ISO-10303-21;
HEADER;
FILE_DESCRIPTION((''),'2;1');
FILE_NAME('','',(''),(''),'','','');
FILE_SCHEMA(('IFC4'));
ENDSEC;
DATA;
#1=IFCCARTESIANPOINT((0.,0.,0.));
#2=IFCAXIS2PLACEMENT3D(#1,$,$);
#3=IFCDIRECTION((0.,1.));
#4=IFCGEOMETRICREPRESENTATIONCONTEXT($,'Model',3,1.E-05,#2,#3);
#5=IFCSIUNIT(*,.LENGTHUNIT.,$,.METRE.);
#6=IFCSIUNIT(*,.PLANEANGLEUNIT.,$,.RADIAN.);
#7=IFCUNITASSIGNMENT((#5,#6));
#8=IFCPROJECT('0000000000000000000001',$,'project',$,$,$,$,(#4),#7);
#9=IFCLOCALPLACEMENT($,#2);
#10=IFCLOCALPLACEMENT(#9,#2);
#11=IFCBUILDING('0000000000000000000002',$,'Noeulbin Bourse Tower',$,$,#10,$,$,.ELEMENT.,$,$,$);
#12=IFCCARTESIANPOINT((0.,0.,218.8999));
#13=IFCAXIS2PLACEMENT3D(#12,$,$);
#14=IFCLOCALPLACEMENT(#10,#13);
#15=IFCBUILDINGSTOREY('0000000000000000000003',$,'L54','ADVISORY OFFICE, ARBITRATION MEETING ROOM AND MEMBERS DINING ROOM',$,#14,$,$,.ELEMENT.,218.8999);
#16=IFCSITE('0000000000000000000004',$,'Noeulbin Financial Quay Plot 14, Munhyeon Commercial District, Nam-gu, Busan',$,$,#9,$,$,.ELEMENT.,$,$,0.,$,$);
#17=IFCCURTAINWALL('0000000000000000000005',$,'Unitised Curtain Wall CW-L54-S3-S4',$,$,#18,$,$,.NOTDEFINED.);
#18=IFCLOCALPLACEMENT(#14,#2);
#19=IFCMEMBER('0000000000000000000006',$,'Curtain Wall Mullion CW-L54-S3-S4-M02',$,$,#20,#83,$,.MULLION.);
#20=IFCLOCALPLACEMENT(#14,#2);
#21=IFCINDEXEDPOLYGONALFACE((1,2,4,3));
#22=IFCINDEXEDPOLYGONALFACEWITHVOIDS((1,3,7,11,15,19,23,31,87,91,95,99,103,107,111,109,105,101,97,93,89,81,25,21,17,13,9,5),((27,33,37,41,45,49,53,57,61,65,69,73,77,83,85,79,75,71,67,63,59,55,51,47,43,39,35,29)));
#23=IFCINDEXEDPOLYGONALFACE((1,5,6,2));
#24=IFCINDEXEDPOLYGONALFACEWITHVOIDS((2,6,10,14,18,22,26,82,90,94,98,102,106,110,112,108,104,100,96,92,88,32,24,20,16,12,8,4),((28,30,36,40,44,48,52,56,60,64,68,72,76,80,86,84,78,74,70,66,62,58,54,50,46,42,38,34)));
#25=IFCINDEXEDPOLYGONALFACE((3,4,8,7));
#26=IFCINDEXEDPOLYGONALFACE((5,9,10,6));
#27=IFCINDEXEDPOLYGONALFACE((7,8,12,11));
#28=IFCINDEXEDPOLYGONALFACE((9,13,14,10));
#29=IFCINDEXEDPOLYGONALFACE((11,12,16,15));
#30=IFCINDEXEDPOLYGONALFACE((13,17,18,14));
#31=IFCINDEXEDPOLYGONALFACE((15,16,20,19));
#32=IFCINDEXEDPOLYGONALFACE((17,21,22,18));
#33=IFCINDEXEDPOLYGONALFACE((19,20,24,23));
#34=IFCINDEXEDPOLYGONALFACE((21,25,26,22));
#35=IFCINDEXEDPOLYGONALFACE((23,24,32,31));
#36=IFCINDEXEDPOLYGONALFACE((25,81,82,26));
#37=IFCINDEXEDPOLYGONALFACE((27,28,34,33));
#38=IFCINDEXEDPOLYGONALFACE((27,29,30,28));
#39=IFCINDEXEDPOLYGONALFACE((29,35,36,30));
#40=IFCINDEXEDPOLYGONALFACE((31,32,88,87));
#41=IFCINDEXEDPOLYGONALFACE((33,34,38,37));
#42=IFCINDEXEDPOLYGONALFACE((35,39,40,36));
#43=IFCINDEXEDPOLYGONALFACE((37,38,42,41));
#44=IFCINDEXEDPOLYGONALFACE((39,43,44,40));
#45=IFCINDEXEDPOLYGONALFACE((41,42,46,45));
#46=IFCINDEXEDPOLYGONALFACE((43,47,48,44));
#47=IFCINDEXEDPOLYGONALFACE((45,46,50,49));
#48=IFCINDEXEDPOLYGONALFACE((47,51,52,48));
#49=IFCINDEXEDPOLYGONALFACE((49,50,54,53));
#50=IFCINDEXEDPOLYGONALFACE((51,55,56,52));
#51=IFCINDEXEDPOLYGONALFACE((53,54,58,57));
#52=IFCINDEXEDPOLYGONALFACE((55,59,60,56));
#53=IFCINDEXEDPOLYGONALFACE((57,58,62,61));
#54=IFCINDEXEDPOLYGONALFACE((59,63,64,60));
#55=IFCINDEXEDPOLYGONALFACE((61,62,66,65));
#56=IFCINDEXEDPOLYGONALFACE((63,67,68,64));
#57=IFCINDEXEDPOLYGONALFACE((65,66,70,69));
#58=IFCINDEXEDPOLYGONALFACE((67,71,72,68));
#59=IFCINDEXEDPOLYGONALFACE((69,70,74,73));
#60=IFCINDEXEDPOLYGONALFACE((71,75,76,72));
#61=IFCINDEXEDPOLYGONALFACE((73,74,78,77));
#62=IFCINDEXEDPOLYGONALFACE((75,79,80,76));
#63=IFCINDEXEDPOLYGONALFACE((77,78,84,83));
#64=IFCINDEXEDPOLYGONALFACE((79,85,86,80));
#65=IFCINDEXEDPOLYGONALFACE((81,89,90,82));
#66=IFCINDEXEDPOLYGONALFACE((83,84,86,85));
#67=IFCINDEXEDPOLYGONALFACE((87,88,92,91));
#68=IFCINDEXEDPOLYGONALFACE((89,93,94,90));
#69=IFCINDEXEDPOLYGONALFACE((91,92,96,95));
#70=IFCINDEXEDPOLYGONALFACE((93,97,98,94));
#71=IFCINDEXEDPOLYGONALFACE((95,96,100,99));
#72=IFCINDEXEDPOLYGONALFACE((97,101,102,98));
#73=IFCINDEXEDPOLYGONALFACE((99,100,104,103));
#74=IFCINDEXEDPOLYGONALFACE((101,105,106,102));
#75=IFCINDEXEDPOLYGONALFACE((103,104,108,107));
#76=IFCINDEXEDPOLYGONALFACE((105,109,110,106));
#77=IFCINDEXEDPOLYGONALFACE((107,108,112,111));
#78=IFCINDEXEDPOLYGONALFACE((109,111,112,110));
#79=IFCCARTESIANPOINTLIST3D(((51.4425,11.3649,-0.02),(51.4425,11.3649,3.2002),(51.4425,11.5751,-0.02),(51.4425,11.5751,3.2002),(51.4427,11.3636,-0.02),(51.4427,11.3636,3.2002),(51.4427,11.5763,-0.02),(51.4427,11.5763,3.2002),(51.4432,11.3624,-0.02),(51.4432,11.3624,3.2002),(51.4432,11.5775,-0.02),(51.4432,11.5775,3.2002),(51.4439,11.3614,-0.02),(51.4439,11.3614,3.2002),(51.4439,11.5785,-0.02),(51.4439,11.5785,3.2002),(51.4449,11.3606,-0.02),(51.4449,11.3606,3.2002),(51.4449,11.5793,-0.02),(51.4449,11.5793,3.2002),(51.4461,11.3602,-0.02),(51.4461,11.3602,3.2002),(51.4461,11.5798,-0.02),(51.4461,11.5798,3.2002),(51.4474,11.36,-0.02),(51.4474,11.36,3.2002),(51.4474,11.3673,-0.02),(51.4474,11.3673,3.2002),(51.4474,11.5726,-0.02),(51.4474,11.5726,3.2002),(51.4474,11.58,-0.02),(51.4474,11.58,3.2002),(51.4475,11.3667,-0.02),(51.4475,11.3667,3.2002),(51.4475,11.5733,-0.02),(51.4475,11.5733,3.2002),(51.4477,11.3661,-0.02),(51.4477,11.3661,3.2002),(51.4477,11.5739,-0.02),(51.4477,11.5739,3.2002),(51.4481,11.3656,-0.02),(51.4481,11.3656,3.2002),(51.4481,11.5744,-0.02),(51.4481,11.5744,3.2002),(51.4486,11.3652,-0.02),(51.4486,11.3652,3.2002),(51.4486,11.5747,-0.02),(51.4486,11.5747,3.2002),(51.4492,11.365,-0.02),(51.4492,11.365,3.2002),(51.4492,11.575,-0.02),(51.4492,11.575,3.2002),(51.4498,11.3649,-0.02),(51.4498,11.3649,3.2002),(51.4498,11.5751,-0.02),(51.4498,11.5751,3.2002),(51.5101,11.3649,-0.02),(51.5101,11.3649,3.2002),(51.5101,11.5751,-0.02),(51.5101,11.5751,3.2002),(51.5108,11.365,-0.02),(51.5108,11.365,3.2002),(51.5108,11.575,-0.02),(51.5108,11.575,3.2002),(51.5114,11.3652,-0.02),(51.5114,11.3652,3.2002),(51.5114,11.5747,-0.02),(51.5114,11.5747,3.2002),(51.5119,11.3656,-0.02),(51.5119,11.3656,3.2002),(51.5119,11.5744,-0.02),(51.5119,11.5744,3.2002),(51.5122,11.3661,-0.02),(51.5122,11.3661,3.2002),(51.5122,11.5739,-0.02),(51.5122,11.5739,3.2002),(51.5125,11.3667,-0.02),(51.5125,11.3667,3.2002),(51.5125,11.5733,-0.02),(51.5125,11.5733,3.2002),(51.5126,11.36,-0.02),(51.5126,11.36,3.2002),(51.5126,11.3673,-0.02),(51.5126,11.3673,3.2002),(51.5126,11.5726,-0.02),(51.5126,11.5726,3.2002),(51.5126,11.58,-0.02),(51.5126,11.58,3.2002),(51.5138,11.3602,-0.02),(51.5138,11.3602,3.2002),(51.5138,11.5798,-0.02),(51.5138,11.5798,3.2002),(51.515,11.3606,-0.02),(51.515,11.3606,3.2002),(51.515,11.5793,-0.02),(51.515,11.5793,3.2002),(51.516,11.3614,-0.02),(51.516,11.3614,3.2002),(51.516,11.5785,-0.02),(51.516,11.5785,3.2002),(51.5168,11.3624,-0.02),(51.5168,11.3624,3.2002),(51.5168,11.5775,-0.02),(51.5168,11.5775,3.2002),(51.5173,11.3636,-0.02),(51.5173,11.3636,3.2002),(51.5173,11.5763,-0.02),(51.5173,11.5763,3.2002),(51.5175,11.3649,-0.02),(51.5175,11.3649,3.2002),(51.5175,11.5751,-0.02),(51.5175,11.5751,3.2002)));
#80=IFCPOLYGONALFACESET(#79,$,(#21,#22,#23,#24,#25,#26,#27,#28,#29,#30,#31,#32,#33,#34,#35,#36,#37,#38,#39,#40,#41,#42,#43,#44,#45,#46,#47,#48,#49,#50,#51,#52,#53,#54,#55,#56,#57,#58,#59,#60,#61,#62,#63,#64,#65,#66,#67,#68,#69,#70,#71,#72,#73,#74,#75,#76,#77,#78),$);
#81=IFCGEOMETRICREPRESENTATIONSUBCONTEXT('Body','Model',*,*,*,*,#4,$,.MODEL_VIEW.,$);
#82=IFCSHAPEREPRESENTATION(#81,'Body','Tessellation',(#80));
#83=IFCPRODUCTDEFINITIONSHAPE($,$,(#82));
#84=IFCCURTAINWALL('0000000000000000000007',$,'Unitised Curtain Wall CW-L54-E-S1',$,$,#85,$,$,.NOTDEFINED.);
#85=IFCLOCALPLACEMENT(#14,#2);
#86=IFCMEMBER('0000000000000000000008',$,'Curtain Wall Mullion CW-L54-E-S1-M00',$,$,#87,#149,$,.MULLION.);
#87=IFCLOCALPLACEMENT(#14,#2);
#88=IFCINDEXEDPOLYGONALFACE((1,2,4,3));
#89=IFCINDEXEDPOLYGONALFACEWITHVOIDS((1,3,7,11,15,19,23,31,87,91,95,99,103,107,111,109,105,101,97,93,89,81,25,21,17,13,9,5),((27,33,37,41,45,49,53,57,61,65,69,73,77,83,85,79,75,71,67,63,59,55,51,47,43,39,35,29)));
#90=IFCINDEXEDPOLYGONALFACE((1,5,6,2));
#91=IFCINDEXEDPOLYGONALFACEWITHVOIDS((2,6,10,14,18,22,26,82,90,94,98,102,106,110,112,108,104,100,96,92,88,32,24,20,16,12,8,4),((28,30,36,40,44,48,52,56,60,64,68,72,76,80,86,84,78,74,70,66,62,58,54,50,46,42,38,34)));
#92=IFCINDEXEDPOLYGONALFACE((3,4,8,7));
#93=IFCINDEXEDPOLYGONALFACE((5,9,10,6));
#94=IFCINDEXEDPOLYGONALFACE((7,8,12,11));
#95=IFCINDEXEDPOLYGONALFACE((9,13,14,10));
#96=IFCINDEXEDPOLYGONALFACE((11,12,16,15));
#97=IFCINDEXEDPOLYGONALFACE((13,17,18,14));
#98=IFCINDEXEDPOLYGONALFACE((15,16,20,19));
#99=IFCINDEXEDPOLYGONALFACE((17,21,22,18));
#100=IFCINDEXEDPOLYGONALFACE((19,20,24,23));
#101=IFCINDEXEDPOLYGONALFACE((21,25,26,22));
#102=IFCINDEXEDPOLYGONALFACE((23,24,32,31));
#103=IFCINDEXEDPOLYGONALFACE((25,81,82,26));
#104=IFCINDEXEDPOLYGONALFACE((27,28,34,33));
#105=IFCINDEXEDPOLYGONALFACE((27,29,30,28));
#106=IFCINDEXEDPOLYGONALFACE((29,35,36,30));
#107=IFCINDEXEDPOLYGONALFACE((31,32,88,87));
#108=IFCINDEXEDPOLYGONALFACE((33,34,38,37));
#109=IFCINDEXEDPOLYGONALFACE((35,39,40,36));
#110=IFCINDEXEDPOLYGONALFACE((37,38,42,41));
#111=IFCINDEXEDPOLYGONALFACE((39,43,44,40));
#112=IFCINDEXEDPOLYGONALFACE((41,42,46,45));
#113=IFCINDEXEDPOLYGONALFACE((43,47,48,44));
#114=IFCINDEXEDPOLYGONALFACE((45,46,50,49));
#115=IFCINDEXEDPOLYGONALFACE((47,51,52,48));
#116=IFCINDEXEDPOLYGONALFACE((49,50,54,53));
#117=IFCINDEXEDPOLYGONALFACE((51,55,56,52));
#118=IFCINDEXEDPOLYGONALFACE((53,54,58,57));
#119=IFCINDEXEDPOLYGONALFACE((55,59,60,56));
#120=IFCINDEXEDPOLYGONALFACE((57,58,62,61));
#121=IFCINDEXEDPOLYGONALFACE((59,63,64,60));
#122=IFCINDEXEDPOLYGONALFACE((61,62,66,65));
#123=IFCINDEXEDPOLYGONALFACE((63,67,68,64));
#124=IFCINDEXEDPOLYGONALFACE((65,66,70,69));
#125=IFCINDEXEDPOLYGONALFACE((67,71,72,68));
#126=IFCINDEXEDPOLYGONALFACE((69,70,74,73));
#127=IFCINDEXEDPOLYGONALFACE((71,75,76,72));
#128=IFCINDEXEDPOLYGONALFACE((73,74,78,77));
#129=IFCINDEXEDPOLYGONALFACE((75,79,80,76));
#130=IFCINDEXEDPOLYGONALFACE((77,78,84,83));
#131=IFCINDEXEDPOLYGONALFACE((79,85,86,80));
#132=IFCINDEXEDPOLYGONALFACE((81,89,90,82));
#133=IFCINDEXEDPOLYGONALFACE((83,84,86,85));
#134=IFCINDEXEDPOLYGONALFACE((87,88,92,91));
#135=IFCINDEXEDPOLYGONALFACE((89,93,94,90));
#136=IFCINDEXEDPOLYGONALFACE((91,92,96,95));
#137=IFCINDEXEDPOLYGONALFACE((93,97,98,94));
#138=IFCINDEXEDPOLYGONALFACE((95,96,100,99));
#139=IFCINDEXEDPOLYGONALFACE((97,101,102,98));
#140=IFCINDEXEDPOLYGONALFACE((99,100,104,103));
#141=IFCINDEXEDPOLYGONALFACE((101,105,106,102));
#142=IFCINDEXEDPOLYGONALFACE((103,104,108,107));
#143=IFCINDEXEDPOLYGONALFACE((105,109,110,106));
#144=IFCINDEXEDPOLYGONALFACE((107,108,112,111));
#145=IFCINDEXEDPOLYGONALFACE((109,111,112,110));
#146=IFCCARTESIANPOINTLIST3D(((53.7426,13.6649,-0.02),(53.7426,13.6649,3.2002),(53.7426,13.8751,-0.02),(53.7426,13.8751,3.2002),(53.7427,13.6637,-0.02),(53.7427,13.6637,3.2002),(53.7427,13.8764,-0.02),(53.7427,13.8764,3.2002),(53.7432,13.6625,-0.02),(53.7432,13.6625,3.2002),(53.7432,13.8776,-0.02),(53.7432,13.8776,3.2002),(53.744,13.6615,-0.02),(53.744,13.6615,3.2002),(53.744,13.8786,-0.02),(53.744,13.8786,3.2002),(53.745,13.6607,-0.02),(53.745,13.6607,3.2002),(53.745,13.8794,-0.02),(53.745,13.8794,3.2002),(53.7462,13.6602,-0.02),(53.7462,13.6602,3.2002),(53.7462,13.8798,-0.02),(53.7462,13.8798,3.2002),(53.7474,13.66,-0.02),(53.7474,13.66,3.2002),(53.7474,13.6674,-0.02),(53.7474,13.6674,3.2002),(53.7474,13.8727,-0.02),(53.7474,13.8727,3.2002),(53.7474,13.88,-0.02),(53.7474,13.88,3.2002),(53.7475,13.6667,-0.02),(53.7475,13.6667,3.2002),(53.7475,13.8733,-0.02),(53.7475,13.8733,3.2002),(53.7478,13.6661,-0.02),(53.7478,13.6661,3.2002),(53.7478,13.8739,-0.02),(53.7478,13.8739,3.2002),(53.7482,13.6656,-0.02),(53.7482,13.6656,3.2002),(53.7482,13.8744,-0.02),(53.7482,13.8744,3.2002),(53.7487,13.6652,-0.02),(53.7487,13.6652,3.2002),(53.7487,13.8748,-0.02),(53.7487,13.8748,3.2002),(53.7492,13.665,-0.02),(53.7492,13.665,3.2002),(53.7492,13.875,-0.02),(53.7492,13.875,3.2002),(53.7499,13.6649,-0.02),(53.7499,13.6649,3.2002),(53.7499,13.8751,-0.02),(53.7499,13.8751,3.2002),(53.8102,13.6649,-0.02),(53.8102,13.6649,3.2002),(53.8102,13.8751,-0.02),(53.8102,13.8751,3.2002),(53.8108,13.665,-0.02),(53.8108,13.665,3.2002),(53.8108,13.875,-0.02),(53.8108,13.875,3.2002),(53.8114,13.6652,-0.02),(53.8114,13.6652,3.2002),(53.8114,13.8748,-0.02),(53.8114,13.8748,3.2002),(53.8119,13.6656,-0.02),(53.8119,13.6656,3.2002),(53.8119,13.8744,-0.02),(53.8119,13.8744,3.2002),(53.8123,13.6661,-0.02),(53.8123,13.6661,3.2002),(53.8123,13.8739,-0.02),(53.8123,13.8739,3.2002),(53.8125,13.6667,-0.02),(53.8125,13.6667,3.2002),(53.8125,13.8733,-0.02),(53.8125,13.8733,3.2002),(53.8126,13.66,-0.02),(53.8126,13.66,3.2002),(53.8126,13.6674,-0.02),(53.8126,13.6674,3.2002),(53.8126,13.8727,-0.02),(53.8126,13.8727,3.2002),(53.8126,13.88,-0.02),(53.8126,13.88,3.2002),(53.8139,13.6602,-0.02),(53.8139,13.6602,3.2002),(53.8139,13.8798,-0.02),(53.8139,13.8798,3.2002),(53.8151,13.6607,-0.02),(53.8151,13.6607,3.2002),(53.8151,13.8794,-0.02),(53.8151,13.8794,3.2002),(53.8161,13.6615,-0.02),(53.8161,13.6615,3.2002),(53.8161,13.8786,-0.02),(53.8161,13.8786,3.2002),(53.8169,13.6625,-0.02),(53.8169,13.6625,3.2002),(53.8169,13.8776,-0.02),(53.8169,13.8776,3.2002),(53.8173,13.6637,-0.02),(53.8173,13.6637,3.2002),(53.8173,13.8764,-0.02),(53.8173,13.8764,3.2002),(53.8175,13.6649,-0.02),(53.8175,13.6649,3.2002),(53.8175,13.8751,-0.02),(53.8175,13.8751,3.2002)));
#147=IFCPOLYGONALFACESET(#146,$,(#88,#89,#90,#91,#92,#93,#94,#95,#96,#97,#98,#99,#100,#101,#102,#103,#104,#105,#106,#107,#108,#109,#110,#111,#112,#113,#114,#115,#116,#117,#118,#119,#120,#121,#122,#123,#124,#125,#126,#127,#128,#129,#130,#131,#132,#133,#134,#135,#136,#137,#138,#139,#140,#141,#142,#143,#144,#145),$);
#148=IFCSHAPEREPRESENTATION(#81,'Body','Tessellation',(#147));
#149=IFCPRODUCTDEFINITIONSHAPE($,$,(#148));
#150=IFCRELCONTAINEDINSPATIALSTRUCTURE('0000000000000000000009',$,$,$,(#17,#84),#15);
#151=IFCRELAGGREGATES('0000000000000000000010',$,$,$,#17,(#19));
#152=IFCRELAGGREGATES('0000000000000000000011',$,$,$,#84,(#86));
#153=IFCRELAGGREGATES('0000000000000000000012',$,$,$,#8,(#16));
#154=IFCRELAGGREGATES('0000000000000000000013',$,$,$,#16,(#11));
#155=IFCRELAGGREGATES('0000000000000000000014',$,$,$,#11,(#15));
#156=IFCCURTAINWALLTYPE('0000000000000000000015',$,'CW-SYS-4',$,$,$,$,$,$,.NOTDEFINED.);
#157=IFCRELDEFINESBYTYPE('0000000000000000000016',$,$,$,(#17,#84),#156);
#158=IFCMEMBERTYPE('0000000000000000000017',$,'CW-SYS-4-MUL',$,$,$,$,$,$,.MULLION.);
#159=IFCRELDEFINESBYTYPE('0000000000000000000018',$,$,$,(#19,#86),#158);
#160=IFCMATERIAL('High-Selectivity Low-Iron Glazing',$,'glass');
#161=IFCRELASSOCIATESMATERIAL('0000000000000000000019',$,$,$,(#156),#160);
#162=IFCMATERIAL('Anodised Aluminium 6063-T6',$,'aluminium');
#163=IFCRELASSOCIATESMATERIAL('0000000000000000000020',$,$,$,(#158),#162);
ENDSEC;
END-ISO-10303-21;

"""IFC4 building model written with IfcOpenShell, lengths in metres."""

from ifc_helpers import new_model, si_unit, direction, frame, origin, origin_2d, place, context, subcontext, project, spatial, hollow_rectangle, extrude, material, material_profile, profile_set, type_object, element, aggregate, save


model = new_model("IFC4")

# Units and contexts
model_context = context("Model", 3, precision=1e-05, world=origin(), true_north=direction((0.0, 1.0)))
body_context = subcontext(model_context, "Body", "Model", "MODEL_VIEW")
ifc_project = project(units=[si_unit("LENGTHUNIT", "METRE"), si_unit("PLANEANGLEUNIT", "RADIAN")], contexts=[model_context])

# Site, building, storey
site_placement = place(None, origin())
site = spatial("IfcSite", under=ifc_project, at=site_placement, Name="Noeulbin Financial Quay Plot 14, Munhyeon Commercial District, Nam-gu, Busan", CompositionType="ELEMENT", RefElevation=0.0)
building_placement = place(site_placement, origin())
building = spatial("IfcBuilding", under=site, at=building_placement, Name="Noeulbin Bourse Tower", CompositionType="ELEMENT")
storey_placement = place(building_placement, frame((0.0, 0.0, 218.8999)))
storey = spatial("IfcBuildingStorey", under=building, at=storey_placement, Name="L54", Description="ADVISORY OFFICE, ARBITRATION MEETING ROOM AND MEMBERS DINING ROOM", CompositionType="ELEMENT", Elevation=218.8999)

# Curtain walls, members
ifc_material_1 = material(Name="High-Selectivity Low-Iron Glazing", Category="glass")
curtain_wall_type = type_object("IfcCurtainWallType", Name="CW-SYS-4", PredefinedType="NOTDEFINED", material=ifc_material_1)
ifc_material_2 = material(Name="Anodised Aluminium 6063-T6", Category="aluminium")
ifc_material_profile_1 = material_profile(ifc_material_2, hollow_rectangle(XDim=0.075, YDim=0.22, WallThickness=0.0049, InnerFilletRadius=0.0024, OuterFilletRadius=0.0049, at=origin_2d()), Name="ALU-MULL-75x220x5", Category="LoadBearing")
ifc_profile_set_1 = profile_set([ifc_material_profile_1], Name="Anodised Aluminium 6063-T6")
member_type_1 = type_object("IfcMemberType", Name="CW-SYS-4-MUL", PredefinedType="MULLION", material=ifc_profile_set_1)
curtain_wall_1_placement = place(storey_placement, origin())
curtain_wall_1 = element("IfcCurtainWall", 1, at=curtain_wall_1_placement, inside=storey, type_object=curtain_wall_type, Name="Unitised Curtain Wall CW-L54-S3-S4", PredefinedType="NOTDEFINED")
member_1_placement = place(storey_placement, frame((51.48, 11.47, -0.02), z_axis=(0.0, 0.0, 1.0), x_axis=(1.0, 0.0, 0.0)))
member_1 = element("IfcMember", 2, at=member_1_placement, type_object=member_type_1, Name="Curtain Wall Mullion CW-L54-S3-S4-M02", PredefinedType="MULLION", context=body_context, shape_type="SweptSolid", body=[
    extrude(hollow_rectangle(XDim=0.075, YDim=0.22, WallThickness=0.0049, InnerFilletRadius=0.0024, OuterFilletRadius=0.0049, at=origin_2d()), origin(), (0.0, 0.0, 1.0), 3.2202),
])
curtain_wall_2_placement = place(storey_placement, origin())
curtain_wall_2 = element("IfcCurtainWall", 3, at=curtain_wall_2_placement, inside=storey, type_object=curtain_wall_type, Name="Unitised Curtain Wall CW-L54-E-S1", PredefinedType="NOTDEFINED")
member_2_placement = place(storey_placement, frame((53.78, 13.77, -0.02), z_axis=(0.0, 0.0, 1.0), x_axis=(1.0, 0.0, 0.0)))
member_2 = element("IfcMember", 4, at=member_2_placement, type_object=member_type_1, Name="Curtain Wall Mullion CW-L54-E-S1-M00", PredefinedType="MULLION", context=body_context, shape_type="SweptSolid", body=[
    extrude(hollow_rectangle(XDim=0.075, YDim=0.22, WallThickness=0.0049, InnerFilletRadius=0.0024, OuterFilletRadius=0.0049, at=origin_2d()), origin(), (0.0, 0.0, 1.0), 3.2202),
])

aggregate(curtain_wall_1, [member_1])
aggregate(curtain_wall_2, [member_2])

save(model, "model.ifc")
